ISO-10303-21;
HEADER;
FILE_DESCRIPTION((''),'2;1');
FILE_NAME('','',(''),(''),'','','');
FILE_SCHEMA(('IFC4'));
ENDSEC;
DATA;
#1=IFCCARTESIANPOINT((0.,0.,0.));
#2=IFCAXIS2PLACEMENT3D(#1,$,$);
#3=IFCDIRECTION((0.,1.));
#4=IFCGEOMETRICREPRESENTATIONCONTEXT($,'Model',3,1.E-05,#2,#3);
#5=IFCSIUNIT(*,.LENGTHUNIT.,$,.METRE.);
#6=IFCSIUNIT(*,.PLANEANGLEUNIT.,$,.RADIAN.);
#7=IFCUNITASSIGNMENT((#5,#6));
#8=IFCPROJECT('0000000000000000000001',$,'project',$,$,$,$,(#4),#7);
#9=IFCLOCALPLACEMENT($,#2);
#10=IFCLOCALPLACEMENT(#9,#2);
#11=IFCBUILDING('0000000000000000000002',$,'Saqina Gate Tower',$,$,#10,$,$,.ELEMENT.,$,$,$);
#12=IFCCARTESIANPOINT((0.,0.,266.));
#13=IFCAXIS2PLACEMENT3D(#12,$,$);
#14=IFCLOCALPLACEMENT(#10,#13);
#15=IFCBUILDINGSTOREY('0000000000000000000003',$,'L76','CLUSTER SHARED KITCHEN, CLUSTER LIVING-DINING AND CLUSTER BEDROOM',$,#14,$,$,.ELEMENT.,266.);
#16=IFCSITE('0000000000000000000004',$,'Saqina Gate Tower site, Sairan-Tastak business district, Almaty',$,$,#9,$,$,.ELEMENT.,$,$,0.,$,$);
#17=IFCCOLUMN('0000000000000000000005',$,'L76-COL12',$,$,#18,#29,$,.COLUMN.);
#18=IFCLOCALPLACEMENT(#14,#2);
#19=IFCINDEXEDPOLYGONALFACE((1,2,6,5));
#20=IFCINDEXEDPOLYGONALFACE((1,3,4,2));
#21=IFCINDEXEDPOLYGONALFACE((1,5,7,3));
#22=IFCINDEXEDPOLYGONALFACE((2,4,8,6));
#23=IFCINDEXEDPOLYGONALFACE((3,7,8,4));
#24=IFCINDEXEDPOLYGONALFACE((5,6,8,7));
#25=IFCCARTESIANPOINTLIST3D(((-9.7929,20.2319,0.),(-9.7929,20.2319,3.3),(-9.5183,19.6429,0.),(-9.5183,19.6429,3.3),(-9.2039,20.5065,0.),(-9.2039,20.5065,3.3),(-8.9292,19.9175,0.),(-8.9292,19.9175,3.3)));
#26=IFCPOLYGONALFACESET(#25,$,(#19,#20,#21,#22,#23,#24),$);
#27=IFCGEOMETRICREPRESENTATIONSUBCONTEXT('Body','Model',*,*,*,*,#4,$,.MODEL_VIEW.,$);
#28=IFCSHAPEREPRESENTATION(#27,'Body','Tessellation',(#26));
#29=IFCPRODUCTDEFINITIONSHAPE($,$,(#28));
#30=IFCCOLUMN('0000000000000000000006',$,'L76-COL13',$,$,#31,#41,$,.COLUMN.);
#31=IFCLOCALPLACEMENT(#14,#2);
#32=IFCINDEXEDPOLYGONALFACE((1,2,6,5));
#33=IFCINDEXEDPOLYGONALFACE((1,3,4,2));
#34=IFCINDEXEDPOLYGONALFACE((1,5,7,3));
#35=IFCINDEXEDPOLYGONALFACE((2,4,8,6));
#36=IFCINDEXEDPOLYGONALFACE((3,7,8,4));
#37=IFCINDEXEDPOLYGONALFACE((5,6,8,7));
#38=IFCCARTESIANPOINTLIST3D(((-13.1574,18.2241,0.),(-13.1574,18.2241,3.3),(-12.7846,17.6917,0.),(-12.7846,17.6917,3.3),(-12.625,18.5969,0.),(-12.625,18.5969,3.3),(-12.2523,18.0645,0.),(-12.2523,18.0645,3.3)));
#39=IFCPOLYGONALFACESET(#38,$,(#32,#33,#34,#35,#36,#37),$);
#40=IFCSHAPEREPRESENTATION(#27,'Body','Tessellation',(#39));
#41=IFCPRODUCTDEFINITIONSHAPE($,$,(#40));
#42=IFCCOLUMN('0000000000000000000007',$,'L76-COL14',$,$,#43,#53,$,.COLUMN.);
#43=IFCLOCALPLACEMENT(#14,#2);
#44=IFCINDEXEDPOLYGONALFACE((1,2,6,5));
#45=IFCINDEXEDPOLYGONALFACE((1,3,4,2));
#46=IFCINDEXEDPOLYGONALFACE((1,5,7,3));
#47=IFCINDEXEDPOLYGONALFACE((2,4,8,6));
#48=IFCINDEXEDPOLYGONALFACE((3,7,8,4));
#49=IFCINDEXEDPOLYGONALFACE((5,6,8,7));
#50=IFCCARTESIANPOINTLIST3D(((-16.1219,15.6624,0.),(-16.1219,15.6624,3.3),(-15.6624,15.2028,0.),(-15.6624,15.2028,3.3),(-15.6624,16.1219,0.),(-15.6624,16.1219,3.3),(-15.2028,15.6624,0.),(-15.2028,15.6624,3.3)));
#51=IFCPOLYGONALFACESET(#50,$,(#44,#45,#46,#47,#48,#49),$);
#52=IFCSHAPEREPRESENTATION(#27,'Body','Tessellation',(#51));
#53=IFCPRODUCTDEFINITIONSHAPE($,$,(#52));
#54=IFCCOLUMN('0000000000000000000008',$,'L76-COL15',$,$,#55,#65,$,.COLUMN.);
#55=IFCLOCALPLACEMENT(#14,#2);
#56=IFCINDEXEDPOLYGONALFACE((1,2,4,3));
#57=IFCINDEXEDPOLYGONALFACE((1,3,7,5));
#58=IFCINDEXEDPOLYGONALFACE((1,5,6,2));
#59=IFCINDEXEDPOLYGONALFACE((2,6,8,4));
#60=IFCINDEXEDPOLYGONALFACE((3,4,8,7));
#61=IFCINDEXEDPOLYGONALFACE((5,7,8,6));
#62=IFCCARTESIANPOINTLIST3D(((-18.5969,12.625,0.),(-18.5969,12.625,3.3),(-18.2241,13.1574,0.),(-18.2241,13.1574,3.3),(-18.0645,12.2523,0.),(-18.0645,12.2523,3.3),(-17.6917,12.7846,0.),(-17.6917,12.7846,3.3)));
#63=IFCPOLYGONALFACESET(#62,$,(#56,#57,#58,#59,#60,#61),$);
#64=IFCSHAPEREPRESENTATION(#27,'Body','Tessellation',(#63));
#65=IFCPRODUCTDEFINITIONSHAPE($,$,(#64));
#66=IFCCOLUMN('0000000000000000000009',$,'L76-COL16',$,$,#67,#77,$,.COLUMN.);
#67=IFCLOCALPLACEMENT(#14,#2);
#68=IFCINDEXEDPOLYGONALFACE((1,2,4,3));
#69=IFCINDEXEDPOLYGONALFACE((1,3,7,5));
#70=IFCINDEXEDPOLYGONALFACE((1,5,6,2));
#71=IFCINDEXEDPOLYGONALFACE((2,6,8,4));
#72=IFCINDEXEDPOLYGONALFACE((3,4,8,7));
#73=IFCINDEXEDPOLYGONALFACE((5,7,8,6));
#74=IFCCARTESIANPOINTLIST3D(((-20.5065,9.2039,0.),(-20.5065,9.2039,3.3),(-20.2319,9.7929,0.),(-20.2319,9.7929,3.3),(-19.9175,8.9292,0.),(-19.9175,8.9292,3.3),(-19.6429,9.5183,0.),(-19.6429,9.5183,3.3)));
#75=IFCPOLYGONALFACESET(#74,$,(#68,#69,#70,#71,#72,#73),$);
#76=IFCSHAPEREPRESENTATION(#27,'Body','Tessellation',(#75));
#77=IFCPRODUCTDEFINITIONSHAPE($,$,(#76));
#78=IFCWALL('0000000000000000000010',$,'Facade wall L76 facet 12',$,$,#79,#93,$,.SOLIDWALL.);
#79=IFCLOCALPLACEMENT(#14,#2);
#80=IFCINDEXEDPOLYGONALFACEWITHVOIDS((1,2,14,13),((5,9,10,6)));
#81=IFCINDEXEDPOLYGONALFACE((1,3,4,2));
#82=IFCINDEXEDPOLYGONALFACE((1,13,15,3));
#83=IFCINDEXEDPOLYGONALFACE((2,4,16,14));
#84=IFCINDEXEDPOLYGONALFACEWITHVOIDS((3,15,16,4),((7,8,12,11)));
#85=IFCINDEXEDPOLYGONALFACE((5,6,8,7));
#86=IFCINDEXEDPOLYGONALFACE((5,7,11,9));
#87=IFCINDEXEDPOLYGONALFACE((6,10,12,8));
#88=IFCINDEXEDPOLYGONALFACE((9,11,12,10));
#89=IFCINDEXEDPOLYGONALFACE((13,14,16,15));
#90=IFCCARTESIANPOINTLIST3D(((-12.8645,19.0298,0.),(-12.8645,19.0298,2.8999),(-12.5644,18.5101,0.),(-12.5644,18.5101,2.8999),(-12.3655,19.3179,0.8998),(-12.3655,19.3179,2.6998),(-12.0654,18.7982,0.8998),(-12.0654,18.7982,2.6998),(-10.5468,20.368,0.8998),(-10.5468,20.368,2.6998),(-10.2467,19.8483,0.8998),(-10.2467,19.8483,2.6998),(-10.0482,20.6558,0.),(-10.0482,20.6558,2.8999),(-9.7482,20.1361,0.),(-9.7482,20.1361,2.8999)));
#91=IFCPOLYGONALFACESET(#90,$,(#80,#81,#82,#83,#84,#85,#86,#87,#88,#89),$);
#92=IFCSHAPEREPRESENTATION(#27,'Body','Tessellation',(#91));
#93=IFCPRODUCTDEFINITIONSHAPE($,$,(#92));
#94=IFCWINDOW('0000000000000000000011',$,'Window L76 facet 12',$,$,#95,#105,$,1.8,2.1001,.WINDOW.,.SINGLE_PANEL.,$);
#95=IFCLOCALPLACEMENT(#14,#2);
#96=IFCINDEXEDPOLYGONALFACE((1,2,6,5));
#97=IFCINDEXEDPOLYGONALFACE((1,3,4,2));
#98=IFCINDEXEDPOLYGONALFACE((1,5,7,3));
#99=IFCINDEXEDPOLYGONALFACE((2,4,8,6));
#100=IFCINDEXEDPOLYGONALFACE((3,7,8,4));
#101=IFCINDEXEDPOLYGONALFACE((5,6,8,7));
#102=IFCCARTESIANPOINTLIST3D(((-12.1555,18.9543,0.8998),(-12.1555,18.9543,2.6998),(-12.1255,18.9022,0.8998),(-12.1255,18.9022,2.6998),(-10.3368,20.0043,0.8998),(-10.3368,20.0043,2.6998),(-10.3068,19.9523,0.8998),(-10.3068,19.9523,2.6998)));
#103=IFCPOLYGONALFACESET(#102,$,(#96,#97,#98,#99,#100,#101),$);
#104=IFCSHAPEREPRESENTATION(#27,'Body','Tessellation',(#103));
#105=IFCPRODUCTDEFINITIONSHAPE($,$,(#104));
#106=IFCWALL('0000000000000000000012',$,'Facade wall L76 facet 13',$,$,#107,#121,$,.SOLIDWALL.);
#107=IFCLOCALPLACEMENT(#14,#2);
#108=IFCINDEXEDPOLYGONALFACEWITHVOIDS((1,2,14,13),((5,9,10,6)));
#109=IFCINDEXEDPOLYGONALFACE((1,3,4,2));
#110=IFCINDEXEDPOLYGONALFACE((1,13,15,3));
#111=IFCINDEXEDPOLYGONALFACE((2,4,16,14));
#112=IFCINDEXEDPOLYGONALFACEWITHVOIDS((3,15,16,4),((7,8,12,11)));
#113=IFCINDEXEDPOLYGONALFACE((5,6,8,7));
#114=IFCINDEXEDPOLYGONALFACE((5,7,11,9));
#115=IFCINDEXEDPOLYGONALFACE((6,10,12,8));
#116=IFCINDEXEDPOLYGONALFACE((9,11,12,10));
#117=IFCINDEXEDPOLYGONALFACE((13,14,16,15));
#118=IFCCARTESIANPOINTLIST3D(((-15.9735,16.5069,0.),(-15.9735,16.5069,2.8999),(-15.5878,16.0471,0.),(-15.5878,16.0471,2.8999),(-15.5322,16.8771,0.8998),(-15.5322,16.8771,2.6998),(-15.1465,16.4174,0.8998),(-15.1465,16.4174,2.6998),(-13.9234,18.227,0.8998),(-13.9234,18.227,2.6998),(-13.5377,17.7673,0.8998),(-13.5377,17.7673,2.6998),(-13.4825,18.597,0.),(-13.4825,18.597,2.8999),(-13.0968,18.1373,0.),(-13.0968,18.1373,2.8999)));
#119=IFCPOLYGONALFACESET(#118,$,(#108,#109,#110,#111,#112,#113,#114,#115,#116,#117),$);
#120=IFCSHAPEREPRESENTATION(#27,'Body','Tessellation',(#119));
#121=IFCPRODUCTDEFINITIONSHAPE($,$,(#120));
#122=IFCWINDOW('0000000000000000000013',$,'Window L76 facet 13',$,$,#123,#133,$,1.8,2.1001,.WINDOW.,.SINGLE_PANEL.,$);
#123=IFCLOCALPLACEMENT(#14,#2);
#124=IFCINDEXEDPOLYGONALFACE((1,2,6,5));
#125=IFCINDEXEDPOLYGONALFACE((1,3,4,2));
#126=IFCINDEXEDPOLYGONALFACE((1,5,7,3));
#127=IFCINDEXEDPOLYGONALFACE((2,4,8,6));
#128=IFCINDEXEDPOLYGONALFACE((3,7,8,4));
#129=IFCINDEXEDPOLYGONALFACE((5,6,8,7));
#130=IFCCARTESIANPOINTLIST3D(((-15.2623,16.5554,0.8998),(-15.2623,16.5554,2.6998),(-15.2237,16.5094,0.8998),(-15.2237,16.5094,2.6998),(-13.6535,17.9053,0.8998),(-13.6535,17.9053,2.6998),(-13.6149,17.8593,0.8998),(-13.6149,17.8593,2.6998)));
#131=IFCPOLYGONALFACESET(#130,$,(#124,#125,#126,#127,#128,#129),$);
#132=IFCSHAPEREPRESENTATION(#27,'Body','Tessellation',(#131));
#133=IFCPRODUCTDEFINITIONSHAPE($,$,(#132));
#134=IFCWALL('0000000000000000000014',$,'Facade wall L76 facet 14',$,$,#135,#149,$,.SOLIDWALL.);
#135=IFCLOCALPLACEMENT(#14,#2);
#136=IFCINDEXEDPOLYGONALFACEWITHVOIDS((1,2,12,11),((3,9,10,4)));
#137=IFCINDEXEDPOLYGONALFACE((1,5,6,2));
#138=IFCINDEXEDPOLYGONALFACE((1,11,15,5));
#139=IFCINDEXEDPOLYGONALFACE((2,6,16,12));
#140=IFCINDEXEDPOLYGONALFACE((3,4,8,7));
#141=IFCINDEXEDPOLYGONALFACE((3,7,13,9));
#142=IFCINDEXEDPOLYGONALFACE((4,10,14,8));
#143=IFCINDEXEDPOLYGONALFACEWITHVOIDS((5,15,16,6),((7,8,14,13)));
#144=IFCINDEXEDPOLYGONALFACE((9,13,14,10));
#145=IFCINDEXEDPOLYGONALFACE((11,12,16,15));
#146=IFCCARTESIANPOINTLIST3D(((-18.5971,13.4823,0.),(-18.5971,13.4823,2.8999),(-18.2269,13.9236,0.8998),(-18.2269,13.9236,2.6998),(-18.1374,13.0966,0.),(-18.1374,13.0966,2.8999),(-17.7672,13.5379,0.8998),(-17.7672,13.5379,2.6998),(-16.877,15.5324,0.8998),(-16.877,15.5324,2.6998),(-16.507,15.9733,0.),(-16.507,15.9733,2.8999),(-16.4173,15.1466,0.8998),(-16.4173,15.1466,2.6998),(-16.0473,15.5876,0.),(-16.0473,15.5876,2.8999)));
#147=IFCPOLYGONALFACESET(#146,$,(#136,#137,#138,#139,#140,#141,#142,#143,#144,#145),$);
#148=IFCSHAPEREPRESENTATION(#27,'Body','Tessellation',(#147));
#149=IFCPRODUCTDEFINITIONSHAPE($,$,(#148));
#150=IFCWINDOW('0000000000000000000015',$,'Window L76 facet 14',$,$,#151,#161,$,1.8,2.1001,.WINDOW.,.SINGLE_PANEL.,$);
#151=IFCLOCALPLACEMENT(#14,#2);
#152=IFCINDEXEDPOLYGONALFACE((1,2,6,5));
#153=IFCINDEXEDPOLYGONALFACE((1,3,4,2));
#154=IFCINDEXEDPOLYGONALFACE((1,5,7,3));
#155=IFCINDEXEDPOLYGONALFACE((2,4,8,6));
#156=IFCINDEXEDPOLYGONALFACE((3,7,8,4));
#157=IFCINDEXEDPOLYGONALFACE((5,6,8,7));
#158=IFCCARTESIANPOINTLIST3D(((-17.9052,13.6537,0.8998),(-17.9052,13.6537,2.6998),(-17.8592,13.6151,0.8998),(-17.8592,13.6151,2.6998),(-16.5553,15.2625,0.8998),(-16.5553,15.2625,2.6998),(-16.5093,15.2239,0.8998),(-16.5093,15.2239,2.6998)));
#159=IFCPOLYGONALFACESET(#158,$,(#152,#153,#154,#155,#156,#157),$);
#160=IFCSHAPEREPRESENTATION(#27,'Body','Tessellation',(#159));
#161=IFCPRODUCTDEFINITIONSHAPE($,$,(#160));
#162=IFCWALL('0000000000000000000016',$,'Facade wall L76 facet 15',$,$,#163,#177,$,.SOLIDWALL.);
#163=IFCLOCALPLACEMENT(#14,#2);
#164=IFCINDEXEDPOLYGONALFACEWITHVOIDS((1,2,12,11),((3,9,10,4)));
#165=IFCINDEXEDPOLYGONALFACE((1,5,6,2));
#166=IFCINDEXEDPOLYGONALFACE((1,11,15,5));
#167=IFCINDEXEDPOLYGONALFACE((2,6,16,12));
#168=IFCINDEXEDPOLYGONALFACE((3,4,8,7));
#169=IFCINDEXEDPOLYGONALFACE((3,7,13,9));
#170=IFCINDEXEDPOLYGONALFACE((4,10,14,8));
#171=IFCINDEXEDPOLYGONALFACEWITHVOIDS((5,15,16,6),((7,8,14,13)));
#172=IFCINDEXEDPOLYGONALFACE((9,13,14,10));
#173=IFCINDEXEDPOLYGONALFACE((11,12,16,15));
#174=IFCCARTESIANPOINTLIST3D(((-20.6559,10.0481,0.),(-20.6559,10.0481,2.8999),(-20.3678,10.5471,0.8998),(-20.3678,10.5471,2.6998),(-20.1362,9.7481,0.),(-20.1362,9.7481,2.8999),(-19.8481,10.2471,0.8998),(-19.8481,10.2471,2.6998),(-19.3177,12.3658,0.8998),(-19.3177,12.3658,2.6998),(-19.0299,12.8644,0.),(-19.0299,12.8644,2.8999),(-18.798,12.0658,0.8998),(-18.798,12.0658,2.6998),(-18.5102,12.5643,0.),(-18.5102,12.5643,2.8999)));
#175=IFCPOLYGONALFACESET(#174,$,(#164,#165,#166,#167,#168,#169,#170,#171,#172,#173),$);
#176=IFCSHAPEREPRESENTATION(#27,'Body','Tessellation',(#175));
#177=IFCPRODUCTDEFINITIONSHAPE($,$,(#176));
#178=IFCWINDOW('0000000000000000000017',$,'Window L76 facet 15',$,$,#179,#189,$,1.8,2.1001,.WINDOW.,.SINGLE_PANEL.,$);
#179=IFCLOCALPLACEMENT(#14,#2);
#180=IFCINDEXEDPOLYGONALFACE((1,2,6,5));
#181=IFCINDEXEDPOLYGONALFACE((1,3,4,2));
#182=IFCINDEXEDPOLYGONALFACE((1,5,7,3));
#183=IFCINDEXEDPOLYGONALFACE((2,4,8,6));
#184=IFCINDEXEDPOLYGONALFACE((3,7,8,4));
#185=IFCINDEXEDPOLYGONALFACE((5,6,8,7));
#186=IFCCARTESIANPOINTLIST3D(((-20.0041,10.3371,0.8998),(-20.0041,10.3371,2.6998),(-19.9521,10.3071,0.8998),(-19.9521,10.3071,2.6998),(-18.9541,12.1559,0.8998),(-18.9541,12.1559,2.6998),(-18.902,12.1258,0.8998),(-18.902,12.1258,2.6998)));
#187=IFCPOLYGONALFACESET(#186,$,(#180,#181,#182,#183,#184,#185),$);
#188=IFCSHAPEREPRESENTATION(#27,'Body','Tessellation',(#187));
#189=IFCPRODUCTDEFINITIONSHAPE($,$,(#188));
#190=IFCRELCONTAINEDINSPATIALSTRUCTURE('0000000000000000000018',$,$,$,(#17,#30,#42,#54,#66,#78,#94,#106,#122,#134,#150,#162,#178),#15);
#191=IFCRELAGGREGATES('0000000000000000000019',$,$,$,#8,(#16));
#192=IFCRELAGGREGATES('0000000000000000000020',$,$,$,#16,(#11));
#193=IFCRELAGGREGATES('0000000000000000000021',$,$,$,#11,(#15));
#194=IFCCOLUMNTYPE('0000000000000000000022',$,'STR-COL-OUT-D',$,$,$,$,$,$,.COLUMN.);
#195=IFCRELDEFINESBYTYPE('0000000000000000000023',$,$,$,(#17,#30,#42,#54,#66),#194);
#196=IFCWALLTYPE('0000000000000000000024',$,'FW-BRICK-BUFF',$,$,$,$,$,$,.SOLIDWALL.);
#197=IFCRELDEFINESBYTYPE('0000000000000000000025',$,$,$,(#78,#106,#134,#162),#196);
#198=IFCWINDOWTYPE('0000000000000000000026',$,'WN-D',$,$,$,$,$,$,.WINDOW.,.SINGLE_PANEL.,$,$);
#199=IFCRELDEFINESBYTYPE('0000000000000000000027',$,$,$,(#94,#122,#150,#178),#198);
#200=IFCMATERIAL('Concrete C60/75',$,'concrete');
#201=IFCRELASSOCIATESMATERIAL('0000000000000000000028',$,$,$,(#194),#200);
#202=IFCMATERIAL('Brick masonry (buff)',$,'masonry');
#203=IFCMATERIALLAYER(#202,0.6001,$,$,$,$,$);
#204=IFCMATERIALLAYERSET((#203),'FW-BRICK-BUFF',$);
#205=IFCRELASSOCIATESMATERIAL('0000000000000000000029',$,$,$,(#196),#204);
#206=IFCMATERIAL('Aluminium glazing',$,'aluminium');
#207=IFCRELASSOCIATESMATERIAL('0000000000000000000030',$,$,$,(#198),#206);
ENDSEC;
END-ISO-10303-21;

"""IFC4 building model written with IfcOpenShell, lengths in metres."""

from ifc_helpers import new_model, si_unit, direction, frame, frame_2d, origin, origin_2d, place, context, subcontext, project, spatial, rectangle, extrude, material, layer, layer_set, material_profile, profile_set, type_object, element, fill, save


model = new_model("IFC4")

# Units and contexts
model_context = context("Model", 3, precision=1e-05, world=origin(), true_north=direction((0.0, 1.0)))
body_context = subcontext(model_context, "Body", "Model", "MODEL_VIEW")
ifc_project = project(units=[si_unit("LENGTHUNIT", "METRE"), si_unit("PLANEANGLEUNIT", "RADIAN")], contexts=[model_context])

# Site, building, storey
site_placement = place(None, origin())
site = spatial("IfcSite", under=ifc_project, at=site_placement, Name="Saqina Gate Tower site, Sairan-Tastak business district, Almaty", CompositionType="ELEMENT", RefElevation=0.0)
building_placement = place(site_placement, origin())
building = spatial("IfcBuilding", under=site, at=building_placement, Name="Saqina Gate Tower", CompositionType="ELEMENT")
storey_placement = place(building_placement, frame((0.0, 0.0, 266.0)))
storey = spatial("IfcBuildingStorey", under=building, at=storey_placement, Name="L76", Description="CLUSTER SHARED KITCHEN, CLUSTER LIVING-DINING AND CLUSTER BEDROOM", CompositionType="ELEMENT", Elevation=266.0)

# Columns
ifc_material_1 = material(Name="Concrete C60/75", Category="concrete")
ifc_material_profile = material_profile(ifc_material_1, rectangle(XDim=0.6499, YDim=0.6499, at=origin_2d()), Name="RC 650x650")
ifc_profile_set = profile_set([ifc_material_profile], Name="Concrete C60/75")
column_type = type_object("IfcColumnType", Name="STR-COL-OUT-D", PredefinedType="COLUMN", material=ifc_profile_set)
for number, where, z_axis, x_axis, name in (
    (1, (-9.3611, 20.0747, 0.0), (0.0, 0.0, 1.0), (-0.422618, 0.906308, 0.0), "L76-COL12"),
    (2, (-12.7048, 18.1443, 0.0), (0.0, 0.0, 1.0), (-0.573576, 0.819152, 0.0), "L76-COL13"),
    (3, (-15.6624, 15.6624, 0.0), (0.0, 0.0, 1.0), (-0.707107, 0.707107, 0.0), "L76-COL14"),
    (4, (-18.1443, 12.7048, 0.0), (0.0, 0.0, 1.0), (-0.819152, 0.573576, 0.0), "L76-COL15"),
    (5, (-20.0747, 9.3611, 0.0), (0.0, 0.0, 1.0), (-0.906308, 0.422618, 0.0), "L76-COL16"),
):
    element("IfcColumn", number, at=place(storey_placement, frame(where, z_axis=z_axis, x_axis=x_axis)), inside=storey, type_object=column_type, Name=name, PredefinedType="COLUMN", context=body_context, shape_type="SweptSolid", body=[
        extrude(rectangle(XDim=0.6499, YDim=0.6499, at=origin_2d()), origin(), (0.0, 0.0, 1.0), 3.3),
    ])

# Walls, openings, windows
ifc_material_2 = material(Name="Brick masonry (buff)", Category="masonry")
ifc_layer_1 = layer(ifc_material_2, 0.6001)
ifc_layer_set_1 = layer_set([ifc_layer_1], Name="FW-BRICK-BUFF")
wall_type_1 = type_object("IfcWallType", Name="FW-BRICK-BUFF", PredefinedType="SOLIDWALL", material=ifc_layer_set_1)
wall_1_placement = place(storey_placement, frame((-9.8982, 20.396, 0.0), z_axis=(0.0, 0.0, 1.0), x_axis=(-0.866017, -0.500015, 0.0)))
wall_1 = element("IfcWall", 6, at=wall_1_placement, inside=storey, type_object=wall_type_1, Name="Facade wall L76 facet 12", PredefinedType="SOLIDWALL", context=body_context, shape_type="SweptSolid", body=[
    extrude(rectangle(XDim=3.252, YDim=0.6001, at=frame_2d((1.626, 0.0))), origin(), (0.0, 0.0, 1.0), 2.8999),
])
opening_1_placement = place(wall_1_placement, frame((0.5757, 0.0, 0.8999)))
opening_1 = element("IfcOpeningElement", 7, at=opening_1_placement, cuts=wall_1, PredefinedType="OPENING", context=body_context, shape_type="SweptSolid", body=[
    extrude(rectangle(XDim=2.1001, YDim=1.8, at=frame_2d((1.05, 0.8999))), frame((0.0, 0.312, 0.0), z_axis=(0.0, -1.0, 0.0), x_axis=(1.0, 0.0, 0.0)), (0.0, 0.0, 1.0), 0.624),
])
ifc_material_3 = material(Name="Aluminium glazing", Category="aluminium")
window_type = type_object("IfcWindowType", Name="WN-D", PartitioningType="SINGLE_PANEL", PredefinedType="WINDOW", material=ifc_material_3)
window_1_placement = place(opening_1_placement, origin())
window_1 = element("IfcWindow", 8, at=window_1_placement, inside=storey, type_object=window_type, Name="Window L76 facet 12", OverallHeight=1.8, OverallWidth=2.1001, PartitioningType="SINGLE_PANEL", PredefinedType="WINDOW", context=body_context, shape_type="SweptSolid", body=[
    extrude(rectangle(XDim=2.1001, YDim=1.8, at=frame_2d((1.05, 0.8999))), frame((0.0, 0.1799, 0.0), z_axis=(0.0, -1.0, 0.0), x_axis=(1.0, 0.0, 0.0)), (0.0, 0.0, 1.0), 0.0601),
])
fill(opening_1, window_1)
wall_2_placement = place(storey_placement, frame((-13.2896, 18.3672, 0.0), z_axis=(0.0, 0.0, 1.0), x_axis=(-0.766057, -0.642773, 0.0)))
wall_2 = element("IfcWall", 9, at=wall_2_placement, inside=storey, type_object=wall_type_1, Name="Facade wall L76 facet 13", PredefinedType="SOLIDWALL", context=body_context, shape_type="SweptSolid", body=[
    extrude(rectangle(XDim=3.2517, YDim=0.6001, at=frame_2d((1.626, 0.0))), origin(), (0.0, 0.0, 1.0), 2.8999),
])
opening_2_placement = place(wall_2_placement, frame((0.5757, 0.0, 0.8999)))
opening_2 = element("IfcOpeningElement", 10, at=opening_2_placement, cuts=wall_2, PredefinedType="OPENING", context=body_context, shape_type="SweptSolid", body=[
    extrude(rectangle(XDim=2.1001, YDim=1.8, at=frame_2d((1.05, 0.8999))), frame((0.0, 0.312, 0.0), z_axis=(0.0, -1.0, 0.0), x_axis=(1.0, 0.0, 0.0)), (0.0, 0.0, 1.0), 0.624),
])
window_2_placement = place(opening_2_placement, origin())
window_2 = element("IfcWindow", 11, at=window_2_placement, inside=storey, type_object=window_type, Name="Window L76 facet 13", OverallHeight=1.8, OverallWidth=2.1001, PartitioningType="SINGLE_PANEL", PredefinedType="WINDOW", context=body_context, shape_type="SweptSolid", body=[
    extrude(rectangle(XDim=2.1001, YDim=1.8, at=frame_2d((1.05, 0.8999))), frame((0.0, 0.1799, 0.0), z_axis=(0.0, -1.0, 0.0), x_axis=(1.0, 0.0, 0.0)), (0.0, 0.0, 1.0), 0.0601),
])
fill(opening_2, window_2)
wall_3_placement = place(storey_placement, frame((-16.2771, 15.7805, 0.0), z_axis=(0.0, 0.0, 1.0), x_axis=(-0.642773, -0.766057, 0.0)))
wall_3 = element("IfcWall", 12, at=wall_3_placement, inside=storey, type_object=wall_type_1, Name="Facade wall L76 facet 14", PredefinedType="SOLIDWALL", context=body_context, shape_type="SweptSolid", body=[
    extrude(rectangle(XDim=3.2517, YDim=0.6001, at=frame_2d((1.626, 0.0))), origin(), (0.0, 0.0, 1.0), 2.8999),
])
opening_3_placement = place(wall_3_placement, frame((0.5757, 0.0, 0.8999)))
opening_3 = element("IfcOpeningElement", 13, at=opening_3_placement, cuts=wall_3, PredefinedType="OPENING", context=body_context, shape_type="SweptSolid", body=[
    extrude(rectangle(XDim=2.1001, YDim=1.8, at=frame_2d((1.05, 0.8999))), frame((0.0, 0.312, 0.0), z_axis=(0.0, -1.0, 0.0), x_axis=(1.0, 0.0, 0.0)), (0.0, 0.0, 1.0), 0.624),
])
window_3_placement = place(opening_3_placement, origin())
window_3 = element("IfcWindow", 14, at=window_3_placement, inside=storey, type_object=window_type, Name="Window L76 facet 14", OverallHeight=1.8, OverallWidth=2.1001, PartitioningType="SINGLE_PANEL", PredefinedType="WINDOW", context=body_context, shape_type="SweptSolid", body=[
    extrude(rectangle(XDim=2.1001, YDim=1.8, at=frame_2d((1.05, 0.8999))), frame((0.0, 0.1799, 0.0), z_axis=(0.0, -1.0, 0.0), x_axis=(1.0, 0.0, 0.0)), (0.0, 0.0, 1.0), 0.0601),
])
fill(opening_3, window_3)
wall_4_placement = place(storey_placement, frame((-18.77, 12.7144, 0.0), z_axis=(0.0, 0.0, 1.0), x_axis=(-0.500015, -0.866017, 0.0)))
wall_4 = element("IfcWall", 15, at=wall_4_placement, inside=storey, type_object=wall_type_1, Name="Facade wall L76 facet 15", PredefinedType="SOLIDWALL", context=body_context, shape_type="SweptSolid", body=[
    extrude(rectangle(XDim=3.252, YDim=0.6001, at=frame_2d((1.626, 0.0))), origin(), (0.0, 0.0, 1.0), 2.8999),
])
opening_4_placement = place(wall_4_placement, frame((0.5757, 0.0, 0.8999)))
opening_4 = element("IfcOpeningElement", 16, at=opening_4_placement, cuts=wall_4, PredefinedType="OPENING", context=body_context, shape_type="SweptSolid", body=[
    extrude(rectangle(XDim=2.1001, YDim=1.8, at=frame_2d((1.05, 0.8999))), frame((0.0, 0.312, 0.0), z_axis=(0.0, -1.0, 0.0), x_axis=(1.0, 0.0, 0.0)), (0.0, 0.0, 1.0), 0.624),
])
window_4_placement = place(opening_4_placement, origin())
window_4 = element("IfcWindow", 17, at=window_4_placement, inside=storey, type_object=window_type, Name="Window L76 facet 15", OverallHeight=1.8, OverallWidth=2.1001, PartitioningType="SINGLE_PANEL", PredefinedType="WINDOW", context=body_context, shape_type="SweptSolid", body=[
    extrude(rectangle(XDim=2.1001, YDim=1.8, at=frame_2d((1.05, 0.8999))), frame((0.0, 0.1799, 0.0), z_axis=(0.0, -1.0, 0.0), x_axis=(1.0, 0.0, 0.0)), (0.0, 0.0, 1.0), 0.0601),
])
fill(opening_4, window_4)

save(model, "model.ifc")
